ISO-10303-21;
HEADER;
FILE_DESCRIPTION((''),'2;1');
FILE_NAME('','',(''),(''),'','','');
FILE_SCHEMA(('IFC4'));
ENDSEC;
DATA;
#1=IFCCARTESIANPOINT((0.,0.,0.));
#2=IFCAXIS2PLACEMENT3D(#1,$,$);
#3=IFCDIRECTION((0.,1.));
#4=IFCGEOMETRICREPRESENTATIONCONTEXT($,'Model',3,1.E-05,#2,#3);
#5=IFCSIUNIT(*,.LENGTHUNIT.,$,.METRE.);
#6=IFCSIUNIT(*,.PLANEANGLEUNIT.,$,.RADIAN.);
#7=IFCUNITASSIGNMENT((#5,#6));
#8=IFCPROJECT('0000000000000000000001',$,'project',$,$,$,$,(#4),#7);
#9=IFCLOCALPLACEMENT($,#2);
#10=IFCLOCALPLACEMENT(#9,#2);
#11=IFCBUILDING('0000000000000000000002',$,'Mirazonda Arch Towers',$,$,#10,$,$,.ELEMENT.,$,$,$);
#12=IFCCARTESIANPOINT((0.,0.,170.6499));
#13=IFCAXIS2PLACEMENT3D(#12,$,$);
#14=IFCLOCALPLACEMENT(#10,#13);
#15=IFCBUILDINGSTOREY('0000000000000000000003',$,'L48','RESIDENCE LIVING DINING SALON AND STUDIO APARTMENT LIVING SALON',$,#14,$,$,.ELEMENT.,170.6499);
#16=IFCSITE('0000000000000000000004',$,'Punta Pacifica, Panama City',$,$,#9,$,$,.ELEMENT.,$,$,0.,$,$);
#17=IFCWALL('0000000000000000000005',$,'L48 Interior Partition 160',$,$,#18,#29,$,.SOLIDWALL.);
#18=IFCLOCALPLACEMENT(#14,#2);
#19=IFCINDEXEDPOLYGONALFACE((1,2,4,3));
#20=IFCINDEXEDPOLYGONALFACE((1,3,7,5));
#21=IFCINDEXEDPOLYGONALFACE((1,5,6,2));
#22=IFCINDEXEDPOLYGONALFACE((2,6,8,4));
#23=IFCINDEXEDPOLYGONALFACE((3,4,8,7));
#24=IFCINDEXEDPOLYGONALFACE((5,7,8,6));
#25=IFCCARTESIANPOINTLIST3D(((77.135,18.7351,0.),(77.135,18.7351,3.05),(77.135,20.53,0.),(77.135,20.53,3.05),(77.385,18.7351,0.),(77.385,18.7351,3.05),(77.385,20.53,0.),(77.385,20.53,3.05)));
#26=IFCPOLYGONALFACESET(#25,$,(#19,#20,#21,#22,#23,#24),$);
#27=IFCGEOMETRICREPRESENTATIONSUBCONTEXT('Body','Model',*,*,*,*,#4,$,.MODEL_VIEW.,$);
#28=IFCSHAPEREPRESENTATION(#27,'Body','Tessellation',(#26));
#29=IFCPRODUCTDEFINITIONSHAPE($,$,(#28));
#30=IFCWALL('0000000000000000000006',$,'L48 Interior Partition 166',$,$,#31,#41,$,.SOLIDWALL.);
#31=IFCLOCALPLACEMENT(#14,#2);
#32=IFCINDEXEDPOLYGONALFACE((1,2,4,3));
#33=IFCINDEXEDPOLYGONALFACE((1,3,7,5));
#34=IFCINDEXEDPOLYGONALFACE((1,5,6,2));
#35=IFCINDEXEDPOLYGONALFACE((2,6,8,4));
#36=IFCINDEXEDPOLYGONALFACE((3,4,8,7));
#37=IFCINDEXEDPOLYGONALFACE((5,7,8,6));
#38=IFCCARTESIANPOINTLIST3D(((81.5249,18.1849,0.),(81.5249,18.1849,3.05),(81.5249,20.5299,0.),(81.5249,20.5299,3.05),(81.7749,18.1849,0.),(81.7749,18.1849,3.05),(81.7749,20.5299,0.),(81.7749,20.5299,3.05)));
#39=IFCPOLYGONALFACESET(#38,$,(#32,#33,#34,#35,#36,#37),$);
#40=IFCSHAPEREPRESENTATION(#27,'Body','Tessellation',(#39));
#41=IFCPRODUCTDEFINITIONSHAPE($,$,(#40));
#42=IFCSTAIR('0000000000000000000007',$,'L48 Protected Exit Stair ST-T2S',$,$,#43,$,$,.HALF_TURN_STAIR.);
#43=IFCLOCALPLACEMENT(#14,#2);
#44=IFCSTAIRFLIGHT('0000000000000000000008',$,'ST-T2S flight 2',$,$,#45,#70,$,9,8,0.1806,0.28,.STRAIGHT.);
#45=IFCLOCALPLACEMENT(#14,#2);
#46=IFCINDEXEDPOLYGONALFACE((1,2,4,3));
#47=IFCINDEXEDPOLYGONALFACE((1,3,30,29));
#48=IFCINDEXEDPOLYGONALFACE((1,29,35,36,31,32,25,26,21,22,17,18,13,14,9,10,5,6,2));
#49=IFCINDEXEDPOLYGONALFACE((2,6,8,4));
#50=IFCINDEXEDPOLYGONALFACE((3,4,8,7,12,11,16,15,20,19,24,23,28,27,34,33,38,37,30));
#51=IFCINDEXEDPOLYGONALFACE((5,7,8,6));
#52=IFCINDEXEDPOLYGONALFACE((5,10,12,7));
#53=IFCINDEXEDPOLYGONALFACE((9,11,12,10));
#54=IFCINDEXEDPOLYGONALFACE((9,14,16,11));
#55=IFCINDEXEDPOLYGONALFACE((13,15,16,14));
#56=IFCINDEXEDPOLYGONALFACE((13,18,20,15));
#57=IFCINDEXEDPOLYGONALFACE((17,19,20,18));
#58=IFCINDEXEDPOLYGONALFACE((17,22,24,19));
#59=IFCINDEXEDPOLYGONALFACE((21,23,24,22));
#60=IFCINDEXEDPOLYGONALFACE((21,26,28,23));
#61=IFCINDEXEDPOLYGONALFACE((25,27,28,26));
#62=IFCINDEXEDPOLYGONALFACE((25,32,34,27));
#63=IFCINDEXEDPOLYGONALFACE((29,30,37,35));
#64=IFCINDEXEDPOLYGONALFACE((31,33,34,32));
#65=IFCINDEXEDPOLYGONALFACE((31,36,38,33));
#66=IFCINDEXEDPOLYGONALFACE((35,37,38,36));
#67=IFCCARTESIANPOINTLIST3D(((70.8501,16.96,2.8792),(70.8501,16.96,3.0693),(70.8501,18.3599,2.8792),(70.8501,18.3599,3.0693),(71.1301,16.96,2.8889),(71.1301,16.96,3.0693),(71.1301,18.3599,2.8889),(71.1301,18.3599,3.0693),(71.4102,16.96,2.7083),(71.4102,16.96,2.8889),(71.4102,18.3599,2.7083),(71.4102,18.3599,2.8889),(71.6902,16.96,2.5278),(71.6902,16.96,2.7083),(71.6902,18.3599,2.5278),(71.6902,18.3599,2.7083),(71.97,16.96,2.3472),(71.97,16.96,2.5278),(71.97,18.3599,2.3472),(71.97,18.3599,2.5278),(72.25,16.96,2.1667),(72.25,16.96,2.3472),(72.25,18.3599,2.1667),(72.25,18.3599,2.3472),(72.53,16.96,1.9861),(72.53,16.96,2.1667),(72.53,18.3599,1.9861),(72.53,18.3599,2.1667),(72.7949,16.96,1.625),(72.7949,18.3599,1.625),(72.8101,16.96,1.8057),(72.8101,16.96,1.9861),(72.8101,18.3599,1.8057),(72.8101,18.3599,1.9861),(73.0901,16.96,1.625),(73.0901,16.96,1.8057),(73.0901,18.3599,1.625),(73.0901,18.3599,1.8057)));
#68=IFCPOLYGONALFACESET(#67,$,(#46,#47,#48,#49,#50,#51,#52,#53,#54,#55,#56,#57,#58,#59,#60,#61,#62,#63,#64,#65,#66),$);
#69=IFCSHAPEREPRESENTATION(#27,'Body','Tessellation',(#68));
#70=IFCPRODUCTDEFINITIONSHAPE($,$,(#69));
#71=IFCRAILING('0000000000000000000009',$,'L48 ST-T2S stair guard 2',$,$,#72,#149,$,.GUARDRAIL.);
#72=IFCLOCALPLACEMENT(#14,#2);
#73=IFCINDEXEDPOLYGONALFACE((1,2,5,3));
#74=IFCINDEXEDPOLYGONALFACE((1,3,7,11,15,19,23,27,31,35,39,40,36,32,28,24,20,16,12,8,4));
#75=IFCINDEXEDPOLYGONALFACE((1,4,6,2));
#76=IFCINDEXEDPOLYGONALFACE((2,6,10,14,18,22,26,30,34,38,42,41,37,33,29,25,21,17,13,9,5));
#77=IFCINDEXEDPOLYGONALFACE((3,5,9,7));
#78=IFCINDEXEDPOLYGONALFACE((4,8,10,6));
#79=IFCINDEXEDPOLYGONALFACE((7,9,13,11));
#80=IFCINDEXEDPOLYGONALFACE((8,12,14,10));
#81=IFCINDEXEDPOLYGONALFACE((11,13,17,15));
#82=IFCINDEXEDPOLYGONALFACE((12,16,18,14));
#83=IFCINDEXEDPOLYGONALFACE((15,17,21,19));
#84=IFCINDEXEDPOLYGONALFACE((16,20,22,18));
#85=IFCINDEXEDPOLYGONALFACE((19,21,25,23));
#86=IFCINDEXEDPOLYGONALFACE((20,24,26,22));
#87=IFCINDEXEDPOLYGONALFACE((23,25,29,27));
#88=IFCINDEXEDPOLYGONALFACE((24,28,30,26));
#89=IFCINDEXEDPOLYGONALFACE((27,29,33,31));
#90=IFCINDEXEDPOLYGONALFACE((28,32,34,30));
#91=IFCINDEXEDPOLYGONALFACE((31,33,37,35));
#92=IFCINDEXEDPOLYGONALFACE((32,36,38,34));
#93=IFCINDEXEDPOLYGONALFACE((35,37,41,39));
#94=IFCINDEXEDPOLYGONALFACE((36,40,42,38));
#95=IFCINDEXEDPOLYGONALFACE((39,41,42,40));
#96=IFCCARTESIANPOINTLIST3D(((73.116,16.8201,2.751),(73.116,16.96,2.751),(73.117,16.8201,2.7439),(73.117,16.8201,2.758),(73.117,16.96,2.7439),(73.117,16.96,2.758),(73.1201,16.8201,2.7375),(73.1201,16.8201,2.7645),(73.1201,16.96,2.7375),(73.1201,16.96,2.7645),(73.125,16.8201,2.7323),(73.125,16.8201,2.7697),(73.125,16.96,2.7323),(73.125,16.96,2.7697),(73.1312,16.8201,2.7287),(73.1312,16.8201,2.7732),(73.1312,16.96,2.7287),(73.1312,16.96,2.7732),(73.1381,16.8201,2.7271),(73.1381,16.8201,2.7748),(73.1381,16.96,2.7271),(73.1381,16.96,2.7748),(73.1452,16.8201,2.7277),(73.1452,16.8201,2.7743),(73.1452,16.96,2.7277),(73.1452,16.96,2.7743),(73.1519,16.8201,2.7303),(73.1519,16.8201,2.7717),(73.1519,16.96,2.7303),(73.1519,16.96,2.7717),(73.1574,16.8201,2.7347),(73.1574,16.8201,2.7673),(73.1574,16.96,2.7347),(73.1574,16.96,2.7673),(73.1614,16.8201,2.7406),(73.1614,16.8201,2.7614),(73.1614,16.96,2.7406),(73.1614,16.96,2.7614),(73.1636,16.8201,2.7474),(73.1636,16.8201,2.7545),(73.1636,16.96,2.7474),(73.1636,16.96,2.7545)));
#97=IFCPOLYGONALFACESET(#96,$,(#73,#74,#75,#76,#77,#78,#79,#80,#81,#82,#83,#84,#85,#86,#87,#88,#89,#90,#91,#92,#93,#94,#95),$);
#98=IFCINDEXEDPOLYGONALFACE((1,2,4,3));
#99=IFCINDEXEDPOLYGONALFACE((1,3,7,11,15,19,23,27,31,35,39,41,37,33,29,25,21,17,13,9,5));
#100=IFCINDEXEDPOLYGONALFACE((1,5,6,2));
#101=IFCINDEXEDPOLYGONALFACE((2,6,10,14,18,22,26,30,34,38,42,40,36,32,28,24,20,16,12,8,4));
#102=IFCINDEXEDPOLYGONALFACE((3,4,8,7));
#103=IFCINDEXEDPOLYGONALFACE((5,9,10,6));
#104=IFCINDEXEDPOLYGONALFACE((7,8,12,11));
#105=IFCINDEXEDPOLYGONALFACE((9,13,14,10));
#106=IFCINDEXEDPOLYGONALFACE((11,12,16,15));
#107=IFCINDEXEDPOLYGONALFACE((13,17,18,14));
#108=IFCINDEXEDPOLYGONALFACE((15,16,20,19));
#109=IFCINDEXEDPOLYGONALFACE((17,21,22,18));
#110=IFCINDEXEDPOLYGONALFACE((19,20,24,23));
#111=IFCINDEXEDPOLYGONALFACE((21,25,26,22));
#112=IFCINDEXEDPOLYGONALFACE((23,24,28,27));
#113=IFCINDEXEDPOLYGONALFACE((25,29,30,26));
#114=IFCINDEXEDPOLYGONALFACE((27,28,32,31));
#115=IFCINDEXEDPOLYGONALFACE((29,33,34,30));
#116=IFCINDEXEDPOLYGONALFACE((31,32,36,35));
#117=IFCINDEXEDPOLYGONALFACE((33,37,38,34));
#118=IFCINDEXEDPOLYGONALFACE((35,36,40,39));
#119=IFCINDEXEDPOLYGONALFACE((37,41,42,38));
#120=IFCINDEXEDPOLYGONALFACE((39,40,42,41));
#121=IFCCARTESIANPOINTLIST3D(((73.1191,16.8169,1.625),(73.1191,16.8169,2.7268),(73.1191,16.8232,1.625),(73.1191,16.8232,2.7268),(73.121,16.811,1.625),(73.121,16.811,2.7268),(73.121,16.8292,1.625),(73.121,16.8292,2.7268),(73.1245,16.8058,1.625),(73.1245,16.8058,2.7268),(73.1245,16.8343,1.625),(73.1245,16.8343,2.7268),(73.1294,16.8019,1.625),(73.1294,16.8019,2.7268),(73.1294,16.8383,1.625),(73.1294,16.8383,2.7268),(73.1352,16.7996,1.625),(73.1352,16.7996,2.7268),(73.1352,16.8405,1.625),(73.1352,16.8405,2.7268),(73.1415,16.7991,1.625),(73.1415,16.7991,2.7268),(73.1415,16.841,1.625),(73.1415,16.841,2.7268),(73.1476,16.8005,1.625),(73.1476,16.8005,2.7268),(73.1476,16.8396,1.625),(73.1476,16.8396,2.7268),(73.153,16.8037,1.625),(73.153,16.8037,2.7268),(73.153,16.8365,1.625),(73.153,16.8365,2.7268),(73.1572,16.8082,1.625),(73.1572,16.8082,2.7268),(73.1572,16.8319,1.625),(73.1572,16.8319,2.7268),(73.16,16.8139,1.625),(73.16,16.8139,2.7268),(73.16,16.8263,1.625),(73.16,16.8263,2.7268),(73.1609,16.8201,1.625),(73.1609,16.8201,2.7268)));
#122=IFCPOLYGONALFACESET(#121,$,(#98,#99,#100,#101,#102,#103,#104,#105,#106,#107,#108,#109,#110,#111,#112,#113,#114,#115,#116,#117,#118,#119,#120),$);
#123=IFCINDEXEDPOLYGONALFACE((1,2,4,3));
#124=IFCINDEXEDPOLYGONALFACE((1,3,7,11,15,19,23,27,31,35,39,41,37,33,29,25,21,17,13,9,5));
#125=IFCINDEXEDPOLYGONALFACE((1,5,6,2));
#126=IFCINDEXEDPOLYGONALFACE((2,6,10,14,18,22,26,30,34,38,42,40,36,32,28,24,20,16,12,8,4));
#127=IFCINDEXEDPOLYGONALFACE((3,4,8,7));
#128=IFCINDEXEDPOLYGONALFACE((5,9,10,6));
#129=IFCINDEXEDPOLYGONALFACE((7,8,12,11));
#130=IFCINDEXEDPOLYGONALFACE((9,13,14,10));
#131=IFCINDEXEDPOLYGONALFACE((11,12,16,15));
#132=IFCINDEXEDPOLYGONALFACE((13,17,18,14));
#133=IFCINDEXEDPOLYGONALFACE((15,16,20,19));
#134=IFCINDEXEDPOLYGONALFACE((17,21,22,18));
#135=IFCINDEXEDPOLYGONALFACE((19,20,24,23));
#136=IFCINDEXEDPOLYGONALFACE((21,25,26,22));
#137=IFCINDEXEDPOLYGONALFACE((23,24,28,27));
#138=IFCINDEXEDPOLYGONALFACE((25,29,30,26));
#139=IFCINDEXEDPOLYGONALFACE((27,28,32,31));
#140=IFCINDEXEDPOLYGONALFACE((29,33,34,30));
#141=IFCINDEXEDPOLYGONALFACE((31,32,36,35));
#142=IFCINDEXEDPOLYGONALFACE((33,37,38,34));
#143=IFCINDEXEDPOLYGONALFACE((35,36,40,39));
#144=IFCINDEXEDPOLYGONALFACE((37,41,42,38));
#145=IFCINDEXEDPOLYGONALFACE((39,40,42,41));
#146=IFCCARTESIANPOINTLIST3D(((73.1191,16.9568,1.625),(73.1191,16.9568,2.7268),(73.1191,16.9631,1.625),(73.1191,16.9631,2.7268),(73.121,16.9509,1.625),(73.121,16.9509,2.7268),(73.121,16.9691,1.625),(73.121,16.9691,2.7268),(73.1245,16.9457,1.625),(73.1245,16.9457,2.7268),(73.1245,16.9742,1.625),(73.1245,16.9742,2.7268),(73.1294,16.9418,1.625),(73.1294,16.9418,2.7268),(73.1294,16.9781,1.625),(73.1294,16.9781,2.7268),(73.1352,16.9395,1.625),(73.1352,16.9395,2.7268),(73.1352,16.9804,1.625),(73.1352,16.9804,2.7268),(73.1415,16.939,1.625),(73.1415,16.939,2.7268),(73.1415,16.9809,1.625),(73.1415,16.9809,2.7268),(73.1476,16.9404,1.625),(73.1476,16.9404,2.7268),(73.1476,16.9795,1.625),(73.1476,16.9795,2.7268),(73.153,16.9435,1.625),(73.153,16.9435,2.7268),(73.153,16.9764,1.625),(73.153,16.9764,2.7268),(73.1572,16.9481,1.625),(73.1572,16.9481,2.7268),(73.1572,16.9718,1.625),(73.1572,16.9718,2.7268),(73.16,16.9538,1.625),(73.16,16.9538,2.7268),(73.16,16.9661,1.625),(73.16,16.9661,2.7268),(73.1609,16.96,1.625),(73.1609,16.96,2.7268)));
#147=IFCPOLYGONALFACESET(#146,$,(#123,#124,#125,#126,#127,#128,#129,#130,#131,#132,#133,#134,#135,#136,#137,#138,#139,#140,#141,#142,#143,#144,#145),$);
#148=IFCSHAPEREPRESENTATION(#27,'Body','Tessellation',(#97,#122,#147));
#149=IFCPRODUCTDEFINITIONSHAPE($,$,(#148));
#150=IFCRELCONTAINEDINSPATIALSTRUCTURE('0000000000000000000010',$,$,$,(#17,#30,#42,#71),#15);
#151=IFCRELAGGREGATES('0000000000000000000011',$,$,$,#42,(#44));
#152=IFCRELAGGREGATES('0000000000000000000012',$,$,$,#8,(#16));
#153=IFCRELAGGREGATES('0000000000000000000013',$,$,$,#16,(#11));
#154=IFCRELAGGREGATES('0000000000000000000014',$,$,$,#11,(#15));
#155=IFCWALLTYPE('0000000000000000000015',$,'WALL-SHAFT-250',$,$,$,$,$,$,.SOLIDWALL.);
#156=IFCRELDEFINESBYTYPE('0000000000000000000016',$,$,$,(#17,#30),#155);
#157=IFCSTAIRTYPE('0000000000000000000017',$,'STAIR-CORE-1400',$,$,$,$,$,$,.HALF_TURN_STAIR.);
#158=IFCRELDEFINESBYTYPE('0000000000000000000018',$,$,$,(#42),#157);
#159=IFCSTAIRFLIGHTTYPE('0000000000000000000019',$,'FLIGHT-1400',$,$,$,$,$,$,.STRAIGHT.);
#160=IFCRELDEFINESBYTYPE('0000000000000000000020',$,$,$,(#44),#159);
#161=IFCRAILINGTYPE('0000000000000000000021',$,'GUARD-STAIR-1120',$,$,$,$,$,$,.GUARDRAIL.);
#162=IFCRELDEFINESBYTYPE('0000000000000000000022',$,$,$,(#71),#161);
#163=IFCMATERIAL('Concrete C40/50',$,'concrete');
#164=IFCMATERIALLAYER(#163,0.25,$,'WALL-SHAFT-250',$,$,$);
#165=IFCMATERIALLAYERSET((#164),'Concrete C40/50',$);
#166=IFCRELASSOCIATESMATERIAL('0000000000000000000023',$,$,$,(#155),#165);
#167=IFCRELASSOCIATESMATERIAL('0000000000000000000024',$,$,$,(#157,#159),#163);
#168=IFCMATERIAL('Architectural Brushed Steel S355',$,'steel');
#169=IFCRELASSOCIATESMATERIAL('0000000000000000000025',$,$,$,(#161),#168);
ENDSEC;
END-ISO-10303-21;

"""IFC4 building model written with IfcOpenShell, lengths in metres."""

from ifc_helpers import new_model, si_unit, direction, frame, frame_2d, origin, origin_2d, place, context, subcontext, project, spatial, polyline, rectangle, circle, outline, extrude, material, layer, layer_set, type_object, element, aggregate, save


model = new_model("IFC4")

# Units and contexts
model_context = context("Model", 3, precision=1e-05, world=origin(), true_north=direction((0.0, 1.0)))
body_context = subcontext(model_context, "Body", "Model", "MODEL_VIEW")
ifc_project = project(units=[si_unit("LENGTHUNIT", "METRE"), si_unit("PLANEANGLEUNIT", "RADIAN")], contexts=[model_context])

# Site, building, storey
site_placement = place(None, origin())
site = spatial("IfcSite", under=ifc_project, at=site_placement, Name="Punta Pacifica, Panama City", CompositionType="ELEMENT", RefElevation=0.0)
building_placement = place(site_placement, origin())
building = spatial("IfcBuilding", under=site, at=building_placement, Name="Mirazonda Arch Towers", CompositionType="ELEMENT")
storey_placement = place(building_placement, frame((0.0, 0.0, 170.6499)))
storey = spatial("IfcBuildingStorey", under=building, at=storey_placement, Name="L48", Description="RESIDENCE LIVING DINING SALON AND STUDIO APARTMENT LIVING SALON", CompositionType="ELEMENT", Elevation=170.6499)

# Shared definitions
ifc_material_1 = material(Name="Architectural Brushed Steel S355", Category="steel")

# Walls
ifc_material_2 = material(Name="Concrete C40/50", Category="concrete")
ifc_layer_1 = layer(ifc_material_2, 0.25, Name="WALL-SHAFT-250")
ifc_layer_set_1 = layer_set([ifc_layer_1], Name="Concrete C40/50")
wall_type_1 = type_object("IfcWallType", Name="WALL-SHAFT-250", PredefinedType="SOLIDWALL", material=ifc_layer_set_1)
wall_1_placement = place(storey_placement, frame((77.26, 18.7351, 0.0), z_axis=(0.0, 0.0, 1.0), x_axis=(0.0, 1.0, 0.0)))
element("IfcWall", 1, at=wall_1_placement, inside=storey, type_object=wall_type_1, Name="L48 Interior Partition 160", PredefinedType="SOLIDWALL", context=body_context, shape_type="SweptSolid", body=[
    extrude(rectangle(XDim=1.7949, YDim=0.25, at=frame_2d((0.8975, 0.0))), origin(), (0.0, 0.0, 1.0), 3.05),
])
wall_2_placement = place(storey_placement, frame((81.6499, 18.1851, 0.0), z_axis=(0.0, 0.0, 1.0), x_axis=(0.0, 1.0, 0.0)))
element("IfcWall", 2, at=wall_2_placement, inside=storey, type_object=wall_type_1, Name="L48 Interior Partition 166", PredefinedType="SOLIDWALL", context=body_context, shape_type="SweptSolid", body=[
    extrude(rectangle(XDim=2.345, YDim=0.25, at=frame_2d((1.1724, 0.0))), origin(), (0.0, 0.0, 1.0), 3.05),
])

# Stair, stair flight
stair_type = type_object("IfcStairType", Name="STAIR-CORE-1400", PredefinedType="HALF_TURN_STAIR", material=ifc_material_2)
stair_placement = place(storey_placement, origin())
stair = element("IfcStair", 3, at=stair_placement, inside=storey, type_object=stair_type, Name="L48 Protected Exit Stair ST-T2S", PredefinedType="HALF_TURN_STAIR")
stair_flight_type = type_object("IfcStairFlightType", Name="FLIGHT-1400", PredefinedType="STRAIGHT", material=ifc_material_2)
stair_flight_placement = place(storey_placement, frame((73.0901, 17.6599, 1.625), z_axis=(0.0, 0.0, 1.0), x_axis=(-1.0, 0.0, 0.0)))
stair_flight = element("IfcStairFlight", 4, at=stair_flight_placement, type_object=stair_flight_type, Name="ST-T2S flight 2", NumberOfRisers=9, NumberOfTreads=8, PredefinedType="STRAIGHT", RiserHeight=0.1806, TreadLength=0.28, context=body_context, shape_type="SweptSolid", body=[
    extrude(outline(polyline([(0.0, 0.0), (0.0, 0.1807), (0.28, 0.1807), (0.28, 0.3611), (0.5601, 0.3611), (0.5601, 0.5417), (0.8401, 0.5417), (0.8401, 0.7222), (1.1201, 0.7222), (1.1201, 0.9028), (1.3999, 0.9028), (1.3999, 1.0833), (1.6799, 1.0833), (1.6799, 1.2639), (1.96, 1.2639), (1.96, 1.4443), (2.24, 1.4443), (2.24, 1.625), (2.24, 1.2542), (0.2952, 0.0), (0.0, 0.0)])), frame((0.0, 0.7, 0.0), z_axis=(0.0, -1.0, 0.0), x_axis=(1.0, 0.0, 0.0)), (0.0, 0.0, 1.0), 1.3999),
])
aggregate(stair, [stair_flight])

# Railing
railing_type_1 = type_object("IfcRailingType", Name="GUARD-STAIR-1120", PredefinedType="GUARDRAIL", material=ifc_material_1)
railing_1_placement = place(storey_placement, frame((73.1399, 16.8201, 1.625)))
element("IfcRailing", 5, at=railing_1_placement, inside=storey, type_object=railing_type_1, Name="L48 ST-T2S stair guard 2", PredefinedType="GUARDRAIL", context=body_context, shape_type="SweptSolid", body=[
    extrude(circle(Radius=0.0239, at=origin_2d()), frame((0.0, 0.0, 1.126), z_axis=(0.0, 1.0, 0.0), x_axis=(-1.0, 0.0, 0.0)), (0.0, 0.0, 1.0), 0.1399),
    extrude(circle(Radius=0.021, at=origin_2d()), origin(), (0.0, 0.0, 1.0), 1.1018),
    extrude(circle(Radius=0.021, at=origin_2d()), frame((0.0, 0.1399, 0.0)), (0.0, 0.0, 1.0), 1.1018),
])

save(model, "model.ifc")
